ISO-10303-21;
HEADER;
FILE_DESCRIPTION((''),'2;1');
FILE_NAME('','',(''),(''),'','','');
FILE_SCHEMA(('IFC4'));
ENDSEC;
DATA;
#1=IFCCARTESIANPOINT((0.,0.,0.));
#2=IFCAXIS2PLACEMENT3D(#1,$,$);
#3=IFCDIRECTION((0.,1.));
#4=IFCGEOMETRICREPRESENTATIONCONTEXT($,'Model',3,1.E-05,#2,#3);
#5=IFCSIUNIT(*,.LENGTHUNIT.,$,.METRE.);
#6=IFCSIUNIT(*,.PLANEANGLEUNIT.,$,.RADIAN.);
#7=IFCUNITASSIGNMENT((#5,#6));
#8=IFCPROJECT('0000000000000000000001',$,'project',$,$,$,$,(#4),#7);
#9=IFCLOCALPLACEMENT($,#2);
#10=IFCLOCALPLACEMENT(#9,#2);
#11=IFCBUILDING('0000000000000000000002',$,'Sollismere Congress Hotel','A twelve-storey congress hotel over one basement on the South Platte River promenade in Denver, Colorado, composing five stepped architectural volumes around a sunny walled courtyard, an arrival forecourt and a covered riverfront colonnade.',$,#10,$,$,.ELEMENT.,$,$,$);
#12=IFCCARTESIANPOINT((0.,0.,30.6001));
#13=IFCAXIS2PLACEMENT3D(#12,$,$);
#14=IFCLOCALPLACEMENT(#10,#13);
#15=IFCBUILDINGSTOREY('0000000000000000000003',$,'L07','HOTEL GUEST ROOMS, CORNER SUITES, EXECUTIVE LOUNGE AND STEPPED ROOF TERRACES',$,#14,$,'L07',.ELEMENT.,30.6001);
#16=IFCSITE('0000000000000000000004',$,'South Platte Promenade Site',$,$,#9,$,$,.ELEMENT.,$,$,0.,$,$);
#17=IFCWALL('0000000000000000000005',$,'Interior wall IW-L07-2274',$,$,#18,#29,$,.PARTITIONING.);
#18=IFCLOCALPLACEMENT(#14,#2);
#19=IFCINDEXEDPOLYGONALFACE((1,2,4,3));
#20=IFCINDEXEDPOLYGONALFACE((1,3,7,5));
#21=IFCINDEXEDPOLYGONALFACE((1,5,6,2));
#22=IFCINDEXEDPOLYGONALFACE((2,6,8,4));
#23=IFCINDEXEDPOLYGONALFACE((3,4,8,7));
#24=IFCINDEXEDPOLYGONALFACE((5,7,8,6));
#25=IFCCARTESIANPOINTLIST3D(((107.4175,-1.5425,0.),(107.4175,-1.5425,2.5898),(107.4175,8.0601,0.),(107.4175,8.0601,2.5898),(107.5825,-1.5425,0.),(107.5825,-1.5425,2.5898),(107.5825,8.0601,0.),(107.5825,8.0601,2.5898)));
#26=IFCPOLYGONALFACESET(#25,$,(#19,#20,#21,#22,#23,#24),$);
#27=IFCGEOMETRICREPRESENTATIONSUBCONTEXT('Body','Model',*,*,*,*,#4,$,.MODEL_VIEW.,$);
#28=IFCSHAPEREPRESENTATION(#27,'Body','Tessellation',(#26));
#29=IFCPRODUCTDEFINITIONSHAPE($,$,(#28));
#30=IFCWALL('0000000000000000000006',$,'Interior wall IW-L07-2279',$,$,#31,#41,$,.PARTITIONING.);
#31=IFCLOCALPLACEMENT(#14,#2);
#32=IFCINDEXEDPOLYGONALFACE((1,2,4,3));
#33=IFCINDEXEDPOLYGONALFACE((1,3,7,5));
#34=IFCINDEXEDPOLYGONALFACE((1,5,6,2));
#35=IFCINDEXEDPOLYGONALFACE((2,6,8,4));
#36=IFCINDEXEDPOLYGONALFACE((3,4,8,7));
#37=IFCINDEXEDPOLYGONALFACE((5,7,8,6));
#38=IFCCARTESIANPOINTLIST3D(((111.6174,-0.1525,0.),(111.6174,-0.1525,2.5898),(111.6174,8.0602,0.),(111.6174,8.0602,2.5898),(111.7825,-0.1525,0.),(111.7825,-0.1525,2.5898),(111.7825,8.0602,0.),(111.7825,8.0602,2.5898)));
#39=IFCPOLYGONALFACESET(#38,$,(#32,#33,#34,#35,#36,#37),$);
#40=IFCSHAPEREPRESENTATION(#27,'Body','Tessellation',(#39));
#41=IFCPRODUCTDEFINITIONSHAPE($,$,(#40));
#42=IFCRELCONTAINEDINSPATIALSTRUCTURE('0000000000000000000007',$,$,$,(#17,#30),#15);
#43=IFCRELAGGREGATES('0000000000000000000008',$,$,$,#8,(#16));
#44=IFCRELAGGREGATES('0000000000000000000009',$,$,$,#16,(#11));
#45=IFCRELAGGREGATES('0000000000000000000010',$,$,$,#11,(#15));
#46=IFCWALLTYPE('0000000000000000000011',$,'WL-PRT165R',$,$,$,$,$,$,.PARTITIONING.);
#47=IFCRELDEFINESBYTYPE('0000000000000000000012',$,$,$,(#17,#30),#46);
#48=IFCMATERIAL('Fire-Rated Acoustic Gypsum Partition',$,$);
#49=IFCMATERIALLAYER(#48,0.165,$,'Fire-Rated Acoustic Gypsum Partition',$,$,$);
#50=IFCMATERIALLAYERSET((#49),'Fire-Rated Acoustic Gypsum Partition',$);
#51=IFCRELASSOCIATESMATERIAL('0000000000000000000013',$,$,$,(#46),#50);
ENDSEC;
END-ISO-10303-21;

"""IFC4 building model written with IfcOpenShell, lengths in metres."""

from ifc_helpers import new_model, si_unit, direction, frame, frame_2d, origin, place, context, subcontext, project, spatial, rectangle, extrude, material, layer, layer_set, type_object, element, save


model = new_model("IFC4")

# Units and contexts
model_context = context("Model", 3, precision=1e-05, world=origin(), true_north=direction((0.0, 1.0)))
body_context = subcontext(model_context, "Body", "Model", "MODEL_VIEW")
ifc_project = project(units=[si_unit("LENGTHUNIT", "METRE"), si_unit("PLANEANGLEUNIT", "RADIAN")], contexts=[model_context])

# Site, building, storey
site_placement = place(None, origin())
site = spatial("IfcSite", under=ifc_project, at=site_placement, Name="South Platte Promenade Site", CompositionType="ELEMENT", RefElevation=0.0)
building_placement = place(site_placement, origin())
building = spatial("IfcBuilding", under=site, at=building_placement, Name="Sollismere Congress Hotel", Description="A twelve-storey congress hotel over one basement on the South Platte River promenade in Denver, Colorado, composing five stepped architectural volumes around a sunny walled courtyard, an arrival forecourt and a covered riverfront colonnade.", CompositionType="ELEMENT")
storey_placement = place(building_placement, frame((0.0, 0.0, 30.6001)))
storey = spatial("IfcBuildingStorey", under=building, at=storey_placement, Name="L07", Description="HOTEL GUEST ROOMS, CORNER SUITES, EXECUTIVE LOUNGE AND STEPPED ROOF TERRACES", LongName="L07", CompositionType="ELEMENT", Elevation=30.6001)

# Walls
ifc_material_1 = material(Name="Fire-Rated Acoustic Gypsum Partition")
ifc_layer_1 = layer(ifc_material_1, 0.165, Name="Fire-Rated Acoustic Gypsum Partition")
ifc_layer_set_1 = layer_set([ifc_layer_1], Name="Fire-Rated Acoustic Gypsum Partition")
wall_type_1 = type_object("IfcWallType", Name="WL-PRT165R", PredefinedType="PARTITIONING", material=ifc_layer_set_1)
wall_1_placement = place(storey_placement, frame((107.5, -1.5425, 0.0), z_axis=(0.0, 0.0, 1.0), x_axis=(0.0, 1.0, 0.0)))
element("IfcWall", 1, at=wall_1_placement, inside=storey, type_object=wall_type_1, Name="Interior wall IW-L07-2274", PredefinedType="PARTITIONING", context=body_context, shape_type="SweptSolid", body=[
    extrude(rectangle(XDim=9.6025, YDim=0.165, at=frame_2d((4.8013, 0.0))), origin(), (0.0, 0.0, 1.0), 2.5898),
])
wall_2_placement = place(storey_placement, frame((111.7, -0.1526, 0.0), z_axis=(0.0, 0.0, 1.0), x_axis=(0.0, 1.0, 0.0)))
element("IfcWall", 2, at=wall_2_placement, inside=storey, type_object=wall_type_1, Name="Interior wall IW-L07-2279", PredefinedType="PARTITIONING", context=body_context, shape_type="SweptSolid", body=[
    extrude(rectangle(XDim=8.2126, YDim=0.165, at=frame_2d((4.1064, 0.0))), origin(), (0.0, 0.0, 1.0), 2.5898),
])

save(model, "model.ifc")
